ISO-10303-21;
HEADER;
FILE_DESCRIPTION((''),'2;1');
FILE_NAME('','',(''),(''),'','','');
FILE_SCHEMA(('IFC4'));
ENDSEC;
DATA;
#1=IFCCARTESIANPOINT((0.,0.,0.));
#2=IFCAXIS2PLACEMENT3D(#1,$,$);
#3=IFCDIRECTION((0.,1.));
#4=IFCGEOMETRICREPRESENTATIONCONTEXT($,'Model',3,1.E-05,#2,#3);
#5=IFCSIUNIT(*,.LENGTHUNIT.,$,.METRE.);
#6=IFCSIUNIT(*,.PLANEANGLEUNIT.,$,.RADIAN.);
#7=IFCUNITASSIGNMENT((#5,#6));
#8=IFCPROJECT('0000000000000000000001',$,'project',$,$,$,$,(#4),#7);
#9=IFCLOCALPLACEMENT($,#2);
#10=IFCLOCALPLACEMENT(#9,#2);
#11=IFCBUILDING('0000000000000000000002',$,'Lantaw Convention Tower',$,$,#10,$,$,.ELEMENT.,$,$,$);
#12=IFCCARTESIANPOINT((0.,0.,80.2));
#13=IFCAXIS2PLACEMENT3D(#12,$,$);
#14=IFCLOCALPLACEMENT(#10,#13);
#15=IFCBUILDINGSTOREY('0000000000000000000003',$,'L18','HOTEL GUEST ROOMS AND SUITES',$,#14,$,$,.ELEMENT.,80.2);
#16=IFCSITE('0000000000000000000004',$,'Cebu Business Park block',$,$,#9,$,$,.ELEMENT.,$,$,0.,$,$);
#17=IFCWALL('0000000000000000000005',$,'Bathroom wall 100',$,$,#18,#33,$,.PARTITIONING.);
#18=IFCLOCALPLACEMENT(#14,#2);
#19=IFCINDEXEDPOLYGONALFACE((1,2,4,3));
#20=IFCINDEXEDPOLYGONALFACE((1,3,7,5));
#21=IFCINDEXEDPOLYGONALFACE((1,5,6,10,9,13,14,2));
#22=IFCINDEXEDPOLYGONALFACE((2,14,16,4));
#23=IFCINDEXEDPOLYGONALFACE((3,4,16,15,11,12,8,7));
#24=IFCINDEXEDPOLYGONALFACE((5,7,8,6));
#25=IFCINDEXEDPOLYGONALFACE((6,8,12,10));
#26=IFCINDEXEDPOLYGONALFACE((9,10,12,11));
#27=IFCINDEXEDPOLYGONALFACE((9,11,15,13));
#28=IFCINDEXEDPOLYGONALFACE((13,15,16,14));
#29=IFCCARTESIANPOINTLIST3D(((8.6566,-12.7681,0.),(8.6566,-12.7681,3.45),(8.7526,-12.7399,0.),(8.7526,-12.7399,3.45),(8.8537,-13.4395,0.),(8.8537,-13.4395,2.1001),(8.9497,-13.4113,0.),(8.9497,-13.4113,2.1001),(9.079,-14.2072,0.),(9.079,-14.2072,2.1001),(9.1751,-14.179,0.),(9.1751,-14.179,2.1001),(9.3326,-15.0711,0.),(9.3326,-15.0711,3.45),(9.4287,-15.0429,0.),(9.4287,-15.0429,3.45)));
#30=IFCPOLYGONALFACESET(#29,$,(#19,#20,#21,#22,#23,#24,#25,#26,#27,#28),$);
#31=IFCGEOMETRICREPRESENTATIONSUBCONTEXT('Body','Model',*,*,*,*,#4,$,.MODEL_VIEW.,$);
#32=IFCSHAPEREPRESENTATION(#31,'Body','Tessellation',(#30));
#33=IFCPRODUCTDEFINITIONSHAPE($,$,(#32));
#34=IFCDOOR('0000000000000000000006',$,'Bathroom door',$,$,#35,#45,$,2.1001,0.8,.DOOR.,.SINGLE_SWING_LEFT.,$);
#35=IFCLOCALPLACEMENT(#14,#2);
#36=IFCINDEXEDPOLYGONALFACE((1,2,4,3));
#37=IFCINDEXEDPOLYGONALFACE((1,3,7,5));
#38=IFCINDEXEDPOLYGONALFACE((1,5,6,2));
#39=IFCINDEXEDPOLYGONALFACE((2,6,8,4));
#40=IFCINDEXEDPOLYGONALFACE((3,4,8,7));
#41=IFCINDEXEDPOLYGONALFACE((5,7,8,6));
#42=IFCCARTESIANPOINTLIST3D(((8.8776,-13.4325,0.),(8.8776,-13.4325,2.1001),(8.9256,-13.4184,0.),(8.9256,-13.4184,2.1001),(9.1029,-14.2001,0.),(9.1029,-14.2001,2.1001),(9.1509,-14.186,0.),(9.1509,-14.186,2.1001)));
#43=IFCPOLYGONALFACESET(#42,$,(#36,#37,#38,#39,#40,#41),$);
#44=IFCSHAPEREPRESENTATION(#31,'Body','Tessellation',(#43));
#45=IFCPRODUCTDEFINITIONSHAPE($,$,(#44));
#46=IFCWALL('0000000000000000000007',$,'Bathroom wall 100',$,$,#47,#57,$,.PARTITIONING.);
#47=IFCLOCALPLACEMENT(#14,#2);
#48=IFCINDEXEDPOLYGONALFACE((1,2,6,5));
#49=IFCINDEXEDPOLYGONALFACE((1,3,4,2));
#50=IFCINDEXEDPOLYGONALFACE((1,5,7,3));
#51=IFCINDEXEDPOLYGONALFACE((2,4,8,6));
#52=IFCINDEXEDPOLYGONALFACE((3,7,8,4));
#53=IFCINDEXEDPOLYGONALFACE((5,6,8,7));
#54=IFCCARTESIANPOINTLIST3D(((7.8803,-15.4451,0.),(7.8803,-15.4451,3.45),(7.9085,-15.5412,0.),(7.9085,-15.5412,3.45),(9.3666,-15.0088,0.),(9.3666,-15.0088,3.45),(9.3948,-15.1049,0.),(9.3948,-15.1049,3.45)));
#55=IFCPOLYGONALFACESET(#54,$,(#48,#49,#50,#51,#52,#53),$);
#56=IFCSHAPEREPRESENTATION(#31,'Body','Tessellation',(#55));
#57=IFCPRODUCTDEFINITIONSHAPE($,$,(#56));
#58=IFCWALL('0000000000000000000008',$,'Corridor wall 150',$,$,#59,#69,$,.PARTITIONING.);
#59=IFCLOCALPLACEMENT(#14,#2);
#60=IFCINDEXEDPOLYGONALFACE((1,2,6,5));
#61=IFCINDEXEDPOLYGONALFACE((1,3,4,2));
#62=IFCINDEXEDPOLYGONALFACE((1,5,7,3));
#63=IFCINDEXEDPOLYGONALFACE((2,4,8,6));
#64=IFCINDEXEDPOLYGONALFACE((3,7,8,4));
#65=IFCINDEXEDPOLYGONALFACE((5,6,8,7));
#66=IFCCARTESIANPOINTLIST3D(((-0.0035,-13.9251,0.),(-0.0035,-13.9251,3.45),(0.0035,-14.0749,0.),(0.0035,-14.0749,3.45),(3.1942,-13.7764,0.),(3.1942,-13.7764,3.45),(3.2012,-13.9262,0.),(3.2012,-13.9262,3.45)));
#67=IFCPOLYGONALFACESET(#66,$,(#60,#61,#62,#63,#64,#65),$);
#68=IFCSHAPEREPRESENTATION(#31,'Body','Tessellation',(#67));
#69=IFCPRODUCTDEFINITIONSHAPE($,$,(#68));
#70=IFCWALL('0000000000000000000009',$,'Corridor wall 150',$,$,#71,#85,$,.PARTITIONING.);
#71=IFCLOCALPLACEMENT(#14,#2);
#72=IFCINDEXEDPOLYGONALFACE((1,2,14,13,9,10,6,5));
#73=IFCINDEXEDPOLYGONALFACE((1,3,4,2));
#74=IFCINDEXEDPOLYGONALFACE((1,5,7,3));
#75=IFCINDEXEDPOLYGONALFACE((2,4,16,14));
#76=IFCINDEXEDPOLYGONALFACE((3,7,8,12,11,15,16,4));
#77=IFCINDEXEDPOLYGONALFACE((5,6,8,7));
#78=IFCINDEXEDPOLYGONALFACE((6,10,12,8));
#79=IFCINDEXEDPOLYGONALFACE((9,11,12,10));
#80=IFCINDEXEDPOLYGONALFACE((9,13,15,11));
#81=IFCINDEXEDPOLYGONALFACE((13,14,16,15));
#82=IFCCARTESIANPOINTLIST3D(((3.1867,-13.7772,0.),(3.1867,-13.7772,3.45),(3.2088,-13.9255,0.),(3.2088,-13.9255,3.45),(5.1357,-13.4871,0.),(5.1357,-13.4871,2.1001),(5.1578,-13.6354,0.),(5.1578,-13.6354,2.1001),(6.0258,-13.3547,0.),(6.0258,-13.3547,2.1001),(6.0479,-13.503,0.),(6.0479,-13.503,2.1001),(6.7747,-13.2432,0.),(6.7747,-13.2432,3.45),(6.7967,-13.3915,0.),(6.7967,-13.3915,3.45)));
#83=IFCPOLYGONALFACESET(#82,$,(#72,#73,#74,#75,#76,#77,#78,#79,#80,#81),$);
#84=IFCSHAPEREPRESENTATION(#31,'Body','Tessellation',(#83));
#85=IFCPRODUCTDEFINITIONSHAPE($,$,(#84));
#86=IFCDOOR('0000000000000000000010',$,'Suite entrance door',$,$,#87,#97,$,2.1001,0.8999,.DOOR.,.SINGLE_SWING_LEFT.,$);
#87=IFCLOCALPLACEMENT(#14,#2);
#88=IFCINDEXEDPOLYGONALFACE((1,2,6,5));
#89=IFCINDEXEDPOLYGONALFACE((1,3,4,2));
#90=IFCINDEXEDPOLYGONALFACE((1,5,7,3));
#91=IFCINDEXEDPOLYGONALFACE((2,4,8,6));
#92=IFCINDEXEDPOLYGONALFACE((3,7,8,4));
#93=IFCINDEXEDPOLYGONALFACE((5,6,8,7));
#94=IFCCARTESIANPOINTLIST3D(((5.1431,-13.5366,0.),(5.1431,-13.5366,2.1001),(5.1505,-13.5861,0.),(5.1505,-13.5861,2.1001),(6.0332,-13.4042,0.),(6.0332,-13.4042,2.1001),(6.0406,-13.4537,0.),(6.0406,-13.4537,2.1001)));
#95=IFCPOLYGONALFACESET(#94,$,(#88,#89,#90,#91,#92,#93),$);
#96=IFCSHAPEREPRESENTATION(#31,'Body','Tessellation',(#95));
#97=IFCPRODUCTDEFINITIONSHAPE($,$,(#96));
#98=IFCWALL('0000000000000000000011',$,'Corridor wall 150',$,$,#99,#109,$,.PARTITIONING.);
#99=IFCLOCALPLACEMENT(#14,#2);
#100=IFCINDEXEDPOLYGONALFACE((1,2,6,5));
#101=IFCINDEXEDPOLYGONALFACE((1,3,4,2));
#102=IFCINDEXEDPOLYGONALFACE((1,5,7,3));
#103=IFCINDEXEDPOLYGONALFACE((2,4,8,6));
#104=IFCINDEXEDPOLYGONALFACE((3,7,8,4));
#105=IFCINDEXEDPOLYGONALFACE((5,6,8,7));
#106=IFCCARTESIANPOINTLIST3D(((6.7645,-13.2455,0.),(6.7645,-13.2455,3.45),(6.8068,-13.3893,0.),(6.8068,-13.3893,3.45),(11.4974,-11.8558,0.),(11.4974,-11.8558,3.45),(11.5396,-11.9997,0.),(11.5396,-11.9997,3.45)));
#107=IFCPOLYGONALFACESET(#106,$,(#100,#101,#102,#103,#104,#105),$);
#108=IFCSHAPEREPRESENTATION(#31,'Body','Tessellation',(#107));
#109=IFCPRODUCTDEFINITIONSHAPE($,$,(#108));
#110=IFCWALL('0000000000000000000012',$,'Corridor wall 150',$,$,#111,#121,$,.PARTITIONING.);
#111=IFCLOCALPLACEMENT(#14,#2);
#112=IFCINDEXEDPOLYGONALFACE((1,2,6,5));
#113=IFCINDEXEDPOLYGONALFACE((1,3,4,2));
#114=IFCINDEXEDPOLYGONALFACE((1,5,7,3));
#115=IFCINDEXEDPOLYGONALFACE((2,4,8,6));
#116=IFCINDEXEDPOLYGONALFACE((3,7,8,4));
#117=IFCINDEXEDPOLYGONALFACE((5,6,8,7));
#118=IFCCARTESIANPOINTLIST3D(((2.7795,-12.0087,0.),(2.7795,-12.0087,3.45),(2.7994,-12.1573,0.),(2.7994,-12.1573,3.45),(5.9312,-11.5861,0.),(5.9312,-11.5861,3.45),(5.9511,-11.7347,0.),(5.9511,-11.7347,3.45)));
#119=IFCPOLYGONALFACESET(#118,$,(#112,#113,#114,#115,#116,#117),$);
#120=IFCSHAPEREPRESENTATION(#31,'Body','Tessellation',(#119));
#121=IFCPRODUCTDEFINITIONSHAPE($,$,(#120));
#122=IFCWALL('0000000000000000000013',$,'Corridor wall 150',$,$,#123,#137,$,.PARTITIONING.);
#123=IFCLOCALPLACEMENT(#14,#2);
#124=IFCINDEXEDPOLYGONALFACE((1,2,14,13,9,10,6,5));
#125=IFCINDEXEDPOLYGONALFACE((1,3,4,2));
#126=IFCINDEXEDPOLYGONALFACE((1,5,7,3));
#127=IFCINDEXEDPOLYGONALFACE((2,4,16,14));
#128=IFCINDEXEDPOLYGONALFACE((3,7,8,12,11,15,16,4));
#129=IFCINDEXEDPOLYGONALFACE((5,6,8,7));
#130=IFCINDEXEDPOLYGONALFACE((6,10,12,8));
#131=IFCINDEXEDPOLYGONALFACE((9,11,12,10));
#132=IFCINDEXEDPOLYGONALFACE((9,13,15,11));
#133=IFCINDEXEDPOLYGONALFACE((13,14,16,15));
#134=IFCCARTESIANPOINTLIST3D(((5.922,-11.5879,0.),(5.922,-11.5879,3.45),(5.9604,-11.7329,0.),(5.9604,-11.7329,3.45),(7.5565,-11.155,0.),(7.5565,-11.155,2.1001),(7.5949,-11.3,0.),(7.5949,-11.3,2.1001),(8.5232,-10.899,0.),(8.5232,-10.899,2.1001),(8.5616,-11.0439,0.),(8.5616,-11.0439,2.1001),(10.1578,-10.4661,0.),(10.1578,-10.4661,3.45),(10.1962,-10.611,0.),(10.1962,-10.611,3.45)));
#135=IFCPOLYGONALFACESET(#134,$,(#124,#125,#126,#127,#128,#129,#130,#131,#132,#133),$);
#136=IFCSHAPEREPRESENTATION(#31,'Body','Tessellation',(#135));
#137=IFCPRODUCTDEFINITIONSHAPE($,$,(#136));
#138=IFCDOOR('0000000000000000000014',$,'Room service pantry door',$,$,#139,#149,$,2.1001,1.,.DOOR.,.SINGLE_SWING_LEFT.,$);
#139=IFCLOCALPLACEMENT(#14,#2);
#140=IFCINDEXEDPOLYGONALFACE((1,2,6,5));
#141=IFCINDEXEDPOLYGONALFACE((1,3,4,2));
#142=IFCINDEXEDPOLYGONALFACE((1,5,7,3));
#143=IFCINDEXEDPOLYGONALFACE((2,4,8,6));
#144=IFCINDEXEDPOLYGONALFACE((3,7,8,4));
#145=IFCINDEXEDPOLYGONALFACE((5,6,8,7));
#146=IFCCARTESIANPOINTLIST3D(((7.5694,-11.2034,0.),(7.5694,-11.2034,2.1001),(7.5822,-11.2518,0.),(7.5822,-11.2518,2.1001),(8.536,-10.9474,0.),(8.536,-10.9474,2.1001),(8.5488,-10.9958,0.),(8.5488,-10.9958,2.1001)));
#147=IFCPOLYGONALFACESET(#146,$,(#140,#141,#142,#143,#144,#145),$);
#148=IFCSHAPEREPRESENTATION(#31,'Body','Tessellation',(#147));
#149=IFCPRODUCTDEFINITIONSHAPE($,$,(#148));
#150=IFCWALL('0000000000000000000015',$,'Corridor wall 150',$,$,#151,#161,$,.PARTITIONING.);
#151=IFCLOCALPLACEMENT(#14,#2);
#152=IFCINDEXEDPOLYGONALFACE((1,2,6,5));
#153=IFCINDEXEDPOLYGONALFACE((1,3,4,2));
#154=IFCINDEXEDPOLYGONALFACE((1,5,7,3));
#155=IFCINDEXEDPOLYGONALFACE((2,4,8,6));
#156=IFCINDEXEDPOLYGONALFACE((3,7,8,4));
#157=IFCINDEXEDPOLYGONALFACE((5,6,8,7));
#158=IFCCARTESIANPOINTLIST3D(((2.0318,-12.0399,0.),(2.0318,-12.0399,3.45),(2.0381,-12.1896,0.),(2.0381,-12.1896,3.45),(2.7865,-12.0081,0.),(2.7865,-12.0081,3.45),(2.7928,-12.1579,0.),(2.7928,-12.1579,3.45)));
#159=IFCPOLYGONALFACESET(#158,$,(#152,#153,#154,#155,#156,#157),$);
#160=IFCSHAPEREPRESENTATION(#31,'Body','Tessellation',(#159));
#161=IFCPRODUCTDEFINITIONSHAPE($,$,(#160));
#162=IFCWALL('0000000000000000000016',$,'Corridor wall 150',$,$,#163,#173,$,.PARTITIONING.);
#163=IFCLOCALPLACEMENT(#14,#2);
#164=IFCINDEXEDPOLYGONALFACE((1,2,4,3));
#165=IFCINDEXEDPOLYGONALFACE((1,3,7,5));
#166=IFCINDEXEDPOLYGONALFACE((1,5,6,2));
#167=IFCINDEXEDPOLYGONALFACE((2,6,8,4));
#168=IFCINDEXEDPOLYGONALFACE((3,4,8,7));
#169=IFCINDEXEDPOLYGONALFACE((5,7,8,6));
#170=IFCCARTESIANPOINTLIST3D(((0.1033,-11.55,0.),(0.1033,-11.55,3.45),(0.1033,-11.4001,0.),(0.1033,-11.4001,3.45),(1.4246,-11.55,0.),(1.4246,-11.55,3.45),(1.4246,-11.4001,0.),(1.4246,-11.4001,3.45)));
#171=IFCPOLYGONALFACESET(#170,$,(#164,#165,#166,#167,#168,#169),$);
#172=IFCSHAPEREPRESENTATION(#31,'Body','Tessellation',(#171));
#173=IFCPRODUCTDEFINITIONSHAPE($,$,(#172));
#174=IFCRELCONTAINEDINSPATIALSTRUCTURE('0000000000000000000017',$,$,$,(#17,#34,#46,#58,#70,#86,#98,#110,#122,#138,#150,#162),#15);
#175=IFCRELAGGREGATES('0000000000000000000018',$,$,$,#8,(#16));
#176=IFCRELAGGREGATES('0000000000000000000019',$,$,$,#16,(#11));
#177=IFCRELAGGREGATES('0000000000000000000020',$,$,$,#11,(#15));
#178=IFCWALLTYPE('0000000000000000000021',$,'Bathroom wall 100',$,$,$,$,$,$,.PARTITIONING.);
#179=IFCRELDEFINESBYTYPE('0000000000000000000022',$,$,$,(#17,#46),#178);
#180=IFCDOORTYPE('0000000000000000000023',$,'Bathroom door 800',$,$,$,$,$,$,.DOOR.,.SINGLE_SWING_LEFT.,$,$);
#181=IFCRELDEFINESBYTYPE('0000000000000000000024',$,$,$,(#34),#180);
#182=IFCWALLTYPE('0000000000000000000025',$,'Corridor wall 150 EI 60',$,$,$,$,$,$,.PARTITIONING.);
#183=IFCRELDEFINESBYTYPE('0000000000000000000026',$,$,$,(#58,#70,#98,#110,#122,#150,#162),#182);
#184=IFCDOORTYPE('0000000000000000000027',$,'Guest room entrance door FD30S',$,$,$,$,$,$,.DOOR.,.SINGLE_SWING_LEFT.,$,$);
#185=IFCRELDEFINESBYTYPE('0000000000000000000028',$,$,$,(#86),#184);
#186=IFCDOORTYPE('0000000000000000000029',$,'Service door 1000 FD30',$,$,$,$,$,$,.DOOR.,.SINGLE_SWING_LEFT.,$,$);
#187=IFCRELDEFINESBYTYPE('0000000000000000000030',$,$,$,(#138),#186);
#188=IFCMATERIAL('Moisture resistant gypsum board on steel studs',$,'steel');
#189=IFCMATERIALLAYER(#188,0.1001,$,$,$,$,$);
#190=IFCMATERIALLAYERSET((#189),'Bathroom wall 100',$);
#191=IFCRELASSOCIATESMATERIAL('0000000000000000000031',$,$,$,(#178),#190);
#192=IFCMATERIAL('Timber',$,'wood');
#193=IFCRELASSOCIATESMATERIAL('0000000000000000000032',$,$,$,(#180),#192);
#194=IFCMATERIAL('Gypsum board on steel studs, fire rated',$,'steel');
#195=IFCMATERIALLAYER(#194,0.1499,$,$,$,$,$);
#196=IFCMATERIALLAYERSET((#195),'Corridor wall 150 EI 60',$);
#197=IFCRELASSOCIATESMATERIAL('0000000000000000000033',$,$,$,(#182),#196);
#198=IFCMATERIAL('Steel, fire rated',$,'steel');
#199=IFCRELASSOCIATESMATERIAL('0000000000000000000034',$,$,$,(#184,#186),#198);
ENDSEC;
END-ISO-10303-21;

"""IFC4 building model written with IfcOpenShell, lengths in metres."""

from ifc_helpers import new_model, si_unit, direction, frame, frame_2d, origin, place, context, subcontext, project, spatial, rectangle, extrude, material, layer, layer_set, type_object, element, fill, save


model = new_model("IFC4")

# Units and contexts
model_context = context("Model", 3, precision=1e-05, world=origin(), true_north=direction((0.0, 1.0)))
body_context = subcontext(model_context, "Body", "Model", "MODEL_VIEW")
ifc_project = project(units=[si_unit("LENGTHUNIT", "METRE"), si_unit("PLANEANGLEUNIT", "RADIAN")], contexts=[model_context])

# Site, building, storey
site_placement = place(None, origin())
site = spatial("IfcSite", under=ifc_project, at=site_placement, Name="Cebu Business Park block", CompositionType="ELEMENT", RefElevation=0.0)
building_placement = place(site_placement, origin())
building = spatial("IfcBuilding", under=site, at=building_placement, Name="Lantaw Convention Tower", CompositionType="ELEMENT")
storey_placement = place(building_placement, frame((0.0, 0.0, 80.2)))
storey = spatial("IfcBuildingStorey", under=building, at=storey_placement, Name="L18", Description="HOTEL GUEST ROOMS AND SUITES", CompositionType="ELEMENT", Elevation=80.2)

# Shared definitions
ifc_material_1 = material(Name="Moisture resistant gypsum board on steel studs", Category="steel")
ifc_layer_1 = layer(ifc_material_1, 0.1001)
ifc_layer_set_1 = layer_set([ifc_layer_1], Name="Bathroom wall 100")
wall_type_1 = type_object("IfcWallType", Name="Bathroom wall 100", PredefinedType="PARTITIONING", material=ifc_layer_set_1)
ifc_material_2 = material(Name="Timber", Category="wood")
door_type_1 = type_object("IfcDoorType", Name="Bathroom door 800", OperationType="SINGLE_SWING_LEFT", PredefinedType="DOOR", material=ifc_material_2)

# Wall, opening, door
wall_1_placement = place(storey_placement, frame((8.7046, -12.7539, 0.0), z_axis=(0.0, 0.0, 1.0), x_axis=(0.28166, -0.959514, 0.0)))
wall_1 = element("IfcWall", 1, at=wall_1_placement, inside=storey, type_object=wall_type_1, Name="Bathroom wall 100", PredefinedType="PARTITIONING", context=body_context, shape_type="SweptSolid", body=[
    extrude(rectangle(XDim=2.4001, YDim=0.1001, at=frame_2d((1.2002, 0.0))), origin(), (0.0, 0.0, 1.0), 3.45),
])
opening_1_placement = place(wall_1_placement, frame((0.7, 0.0, 0.0)))
opening_1 = element("IfcOpeningElement", 2, at=opening_1_placement, cuts=wall_1, PredefinedType="OPENING", context=body_context, shape_type="SweptSolid", body=[
    extrude(rectangle(XDim=0.8, YDim=2.1001, at=frame_2d((0.3999, 1.05))), frame((0.0, 0.0601, 0.0), z_axis=(0.0, -1.0, 0.0), x_axis=(1.0, 0.0, 0.0)), (0.0, 0.0, 1.0), 0.1201),
])
door_1_placement = place(opening_1_placement, origin())
door_1 = element("IfcDoor", 3, at=door_1_placement, inside=storey, type_object=door_type_1, Name="Bathroom door", OperationType="SINGLE_SWING_LEFT", OverallHeight=2.1001, OverallWidth=0.8, PredefinedType="DOOR", context=body_context, shape_type="SweptSolid", body=[
    extrude(rectangle(XDim=0.8, YDim=2.1001, at=frame_2d((0.3999, 1.05))), frame((0.0, 0.0249, 0.0), z_axis=(0.0, -1.0, 0.0), x_axis=(1.0, 0.0, 0.0)), (0.0, 0.0, 1.0), 0.05),
])
fill(opening_1, door_1)

# Walls
wall_2_placement = place(storey_placement, frame((9.3806, -15.0569, 0.0), z_axis=(0.0, 0.0, 1.0), x_axis=(-0.959518, -0.281646, 0.0)))
element("IfcWall", 4, at=wall_2_placement, inside=storey, type_object=wall_type_1, Name="Bathroom wall 100", PredefinedType="PARTITIONING", context=body_context, shape_type="SweptSolid", body=[
    extrude(rectangle(XDim=1.5491, YDim=0.1001, at=frame_2d((0.7744, 0.0))), origin(), (0.0, 0.0, 1.0), 3.45),
])
ifc_material_3 = material(Name="Gypsum board on steel studs, fire rated", Category="steel")
ifc_layer_2 = layer(ifc_material_3, 0.1499)
ifc_layer_set_2 = layer_set([ifc_layer_2], Name="Corridor wall 150 EI 60")
wall_type_2 = type_object("IfcWallType", Name="Corridor wall 150 EI 60", PredefinedType="PARTITIONING", material=ifc_layer_set_2)
wall_3_placement = place(storey_placement, frame((0.0, -14.0, 0.0), z_axis=(0.0, 0.0, 1.0), x_axis=(0.998921, 0.046445, 0.0)))
element("IfcWall", 5, at=wall_3_placement, inside=storey, type_object=wall_type_2, Name="Corridor wall 150", PredefinedType="PARTITIONING", context=body_context, shape_type="SweptSolid", body=[
    extrude(rectangle(XDim=3.2012, YDim=0.1499, at=frame_2d((1.6006, 0.0))), origin(), (0.0, 0.0, 1.0), 3.45),
])

# Wall, opening, door
wall_4_placement = place(storey_placement, frame((3.1978, -13.8513, 0.0), z_axis=(0.0, 0.0, 1.0), x_axis=(0.989107, 0.147195, 0.0)))
wall_4 = element("IfcWall", 6, at=wall_4_placement, inside=storey, type_object=wall_type_2, Name="Corridor wall 150", PredefinedType="PARTITIONING", context=body_context, shape_type="SweptSolid", body=[
    extrude(rectangle(XDim=3.6274, YDim=0.1499, at=frame_2d((1.8137, 0.0))), origin(), (0.0, 0.0, 1.0), 3.45),
])
opening_2_placement = place(wall_4_placement, frame((1.9705, 0.0, 0.0)))
opening_2 = element("IfcOpeningElement", 7, at=opening_2_placement, cuts=wall_4, PredefinedType="OPENING", context=body_context, shape_type="SweptSolid", body=[
    extrude(rectangle(XDim=0.8999, YDim=2.1001, at=frame_2d((0.45, 1.05))), frame((0.0, 0.085, 0.0), z_axis=(0.0, -1.0, 0.0), x_axis=(1.0, 0.0, 0.0)), (0.0, 0.0, 1.0), 0.1699),
])
ifc_material_4 = material(Name="Steel, fire rated", Category="steel")
door_type_2 = type_object("IfcDoorType", Name="Guest room entrance door FD30S", OperationType="SINGLE_SWING_LEFT", PredefinedType="DOOR", material=ifc_material_4)
door_2_placement = place(opening_2_placement, origin())
door_2 = element("IfcDoor", 8, at=door_2_placement, inside=storey, type_object=door_type_2, Name="Suite entrance door", OperationType="SINGLE_SWING_LEFT", OverallHeight=2.1001, OverallWidth=0.8999, PredefinedType="DOOR", context=body_context, shape_type="SweptSolid", body=[
    extrude(rectangle(XDim=0.8999, YDim=2.1001, at=frame_2d((0.45, 1.05))), frame((0.0, 0.0249, 0.0), z_axis=(0.0, -1.0, 0.0), x_axis=(1.0, 0.0, 0.0)), (0.0, 0.0, 1.0), 0.05),
])
fill(opening_2, door_2)

# Walls
wall_5_placement = place(storey_placement, frame((6.7856, -13.3174, 0.0), z_axis=(0.0, 0.0, 1.0), x_axis=(0.959496, 0.281721, 0.0)))
element("IfcWall", 9, at=wall_5_placement, inside=storey, type_object=wall_type_2, Name="Corridor wall 150", PredefinedType="PARTITIONING", context=body_context, shape_type="SweptSolid", body=[
    extrude(rectangle(XDim=4.9326, YDim=0.1499, at=frame_2d((2.4663, 0.0))), origin(), (0.0, 0.0, 1.0), 3.45),
])
wall_6_placement = place(storey_placement, frame((2.7896, -12.083, 0.0), z_axis=(0.0, 0.0, 1.0), x_axis=(0.991129, 0.132903, 0.0)))
element("IfcWall", 10, at=wall_6_placement, inside=storey, type_object=wall_type_2, Name="Corridor wall 150", PredefinedType="PARTITIONING", context=body_context, shape_type="SweptSolid", body=[
    extrude(rectangle(XDim=3.1799, YDim=0.1499, at=frame_2d((1.5898, 0.0))), origin(), (0.0, 0.0, 1.0), 3.45),
])

# Wall, opening, door
wall_7_placement = place(storey_placement, frame((5.9412, -11.6604, 0.0), z_axis=(0.0, 0.0, 1.0), x_axis=(0.966673, 0.256015, 0.0)))
wall_7 = element("IfcWall", 11, at=wall_7_placement, inside=storey, type_object=wall_type_2, Name="Corridor wall 150", PredefinedType="PARTITIONING", context=body_context, shape_type="SweptSolid", body=[
    extrude(rectangle(XDim=4.3818, YDim=0.1499, at=frame_2d((2.1909, 0.0))), origin(), (0.0, 0.0, 1.0), 3.45),
])
opening_3_placement = place(wall_7_placement, frame((1.6909, 0.0, 0.0)))
opening_3 = element("IfcOpeningElement", 12, at=opening_3_placement, cuts=wall_7, PredefinedType="OPENING", context=body_context, shape_type="SweptSolid", body=[
    extrude(rectangle(XDim=1.0, YDim=2.1001, at=frame_2d((0.5, 1.05))), frame((0.0, 0.085, 0.0), z_axis=(0.0, -1.0, 0.0), x_axis=(1.0, 0.0, 0.0)), (0.0, 0.0, 1.0), 0.1699),
])
door_type_3 = type_object("IfcDoorType", Name="Service door 1000 FD30", OperationType="SINGLE_SWING_LEFT", PredefinedType="DOOR", material=ifc_material_4)
door_3_placement = place(opening_3_placement, origin())
door_3 = element("IfcDoor", 13, at=door_3_placement, inside=storey, type_object=door_type_3, Name="Room service pantry door", OperationType="SINGLE_SWING_LEFT", OverallHeight=2.1001, OverallWidth=1.0, PredefinedType="DOOR", context=body_context, shape_type="SweptSolid", body=[
    extrude(rectangle(XDim=1.0, YDim=2.1001, at=frame_2d((0.5, 1.05))), frame((0.0, 0.0249, 0.0), z_axis=(0.0, -1.0, 0.0), x_axis=(1.0, 0.0, 0.0)), (0.0, 0.0, 1.0), 0.05),
])
fill(opening_3, door_3)

# Walls
wall_8_placement = place(storey_placement, frame((2.0349, -12.1147, 0.0), z_axis=(0.0, 0.0, 1.0), x_axis=(0.999117, 0.04202, 0.0)))
element("IfcWall", 14, at=wall_8_placement, inside=storey, type_object=wall_type_2, Name="Corridor wall 150", PredefinedType="PARTITIONING", context=body_context, shape_type="SweptSolid", body=[
    extrude(rectangle(XDim=0.7554, YDim=0.1499, at=frame_2d((0.3777, 0.0))), origin(), (0.0, 0.0, 1.0), 3.45),
])
wall_9_placement = place(storey_placement, frame((0.1033, -11.4751, 0.0), z_axis=(0.0, 0.0, 1.0), x_axis=(1.0, 0.0, 0.0)))
element("IfcWall", 15, at=wall_9_placement, inside=storey, type_object=wall_type_2, Name="Corridor wall 150", PredefinedType="PARTITIONING", context=body_context, shape_type="SweptSolid", body=[
    extrude(rectangle(XDim=1.3213, YDim=0.1499, at=frame_2d((0.6606, 0.0))), origin(), (0.0, 0.0, 1.0), 3.45),
])

save(model, "model.ifc")
